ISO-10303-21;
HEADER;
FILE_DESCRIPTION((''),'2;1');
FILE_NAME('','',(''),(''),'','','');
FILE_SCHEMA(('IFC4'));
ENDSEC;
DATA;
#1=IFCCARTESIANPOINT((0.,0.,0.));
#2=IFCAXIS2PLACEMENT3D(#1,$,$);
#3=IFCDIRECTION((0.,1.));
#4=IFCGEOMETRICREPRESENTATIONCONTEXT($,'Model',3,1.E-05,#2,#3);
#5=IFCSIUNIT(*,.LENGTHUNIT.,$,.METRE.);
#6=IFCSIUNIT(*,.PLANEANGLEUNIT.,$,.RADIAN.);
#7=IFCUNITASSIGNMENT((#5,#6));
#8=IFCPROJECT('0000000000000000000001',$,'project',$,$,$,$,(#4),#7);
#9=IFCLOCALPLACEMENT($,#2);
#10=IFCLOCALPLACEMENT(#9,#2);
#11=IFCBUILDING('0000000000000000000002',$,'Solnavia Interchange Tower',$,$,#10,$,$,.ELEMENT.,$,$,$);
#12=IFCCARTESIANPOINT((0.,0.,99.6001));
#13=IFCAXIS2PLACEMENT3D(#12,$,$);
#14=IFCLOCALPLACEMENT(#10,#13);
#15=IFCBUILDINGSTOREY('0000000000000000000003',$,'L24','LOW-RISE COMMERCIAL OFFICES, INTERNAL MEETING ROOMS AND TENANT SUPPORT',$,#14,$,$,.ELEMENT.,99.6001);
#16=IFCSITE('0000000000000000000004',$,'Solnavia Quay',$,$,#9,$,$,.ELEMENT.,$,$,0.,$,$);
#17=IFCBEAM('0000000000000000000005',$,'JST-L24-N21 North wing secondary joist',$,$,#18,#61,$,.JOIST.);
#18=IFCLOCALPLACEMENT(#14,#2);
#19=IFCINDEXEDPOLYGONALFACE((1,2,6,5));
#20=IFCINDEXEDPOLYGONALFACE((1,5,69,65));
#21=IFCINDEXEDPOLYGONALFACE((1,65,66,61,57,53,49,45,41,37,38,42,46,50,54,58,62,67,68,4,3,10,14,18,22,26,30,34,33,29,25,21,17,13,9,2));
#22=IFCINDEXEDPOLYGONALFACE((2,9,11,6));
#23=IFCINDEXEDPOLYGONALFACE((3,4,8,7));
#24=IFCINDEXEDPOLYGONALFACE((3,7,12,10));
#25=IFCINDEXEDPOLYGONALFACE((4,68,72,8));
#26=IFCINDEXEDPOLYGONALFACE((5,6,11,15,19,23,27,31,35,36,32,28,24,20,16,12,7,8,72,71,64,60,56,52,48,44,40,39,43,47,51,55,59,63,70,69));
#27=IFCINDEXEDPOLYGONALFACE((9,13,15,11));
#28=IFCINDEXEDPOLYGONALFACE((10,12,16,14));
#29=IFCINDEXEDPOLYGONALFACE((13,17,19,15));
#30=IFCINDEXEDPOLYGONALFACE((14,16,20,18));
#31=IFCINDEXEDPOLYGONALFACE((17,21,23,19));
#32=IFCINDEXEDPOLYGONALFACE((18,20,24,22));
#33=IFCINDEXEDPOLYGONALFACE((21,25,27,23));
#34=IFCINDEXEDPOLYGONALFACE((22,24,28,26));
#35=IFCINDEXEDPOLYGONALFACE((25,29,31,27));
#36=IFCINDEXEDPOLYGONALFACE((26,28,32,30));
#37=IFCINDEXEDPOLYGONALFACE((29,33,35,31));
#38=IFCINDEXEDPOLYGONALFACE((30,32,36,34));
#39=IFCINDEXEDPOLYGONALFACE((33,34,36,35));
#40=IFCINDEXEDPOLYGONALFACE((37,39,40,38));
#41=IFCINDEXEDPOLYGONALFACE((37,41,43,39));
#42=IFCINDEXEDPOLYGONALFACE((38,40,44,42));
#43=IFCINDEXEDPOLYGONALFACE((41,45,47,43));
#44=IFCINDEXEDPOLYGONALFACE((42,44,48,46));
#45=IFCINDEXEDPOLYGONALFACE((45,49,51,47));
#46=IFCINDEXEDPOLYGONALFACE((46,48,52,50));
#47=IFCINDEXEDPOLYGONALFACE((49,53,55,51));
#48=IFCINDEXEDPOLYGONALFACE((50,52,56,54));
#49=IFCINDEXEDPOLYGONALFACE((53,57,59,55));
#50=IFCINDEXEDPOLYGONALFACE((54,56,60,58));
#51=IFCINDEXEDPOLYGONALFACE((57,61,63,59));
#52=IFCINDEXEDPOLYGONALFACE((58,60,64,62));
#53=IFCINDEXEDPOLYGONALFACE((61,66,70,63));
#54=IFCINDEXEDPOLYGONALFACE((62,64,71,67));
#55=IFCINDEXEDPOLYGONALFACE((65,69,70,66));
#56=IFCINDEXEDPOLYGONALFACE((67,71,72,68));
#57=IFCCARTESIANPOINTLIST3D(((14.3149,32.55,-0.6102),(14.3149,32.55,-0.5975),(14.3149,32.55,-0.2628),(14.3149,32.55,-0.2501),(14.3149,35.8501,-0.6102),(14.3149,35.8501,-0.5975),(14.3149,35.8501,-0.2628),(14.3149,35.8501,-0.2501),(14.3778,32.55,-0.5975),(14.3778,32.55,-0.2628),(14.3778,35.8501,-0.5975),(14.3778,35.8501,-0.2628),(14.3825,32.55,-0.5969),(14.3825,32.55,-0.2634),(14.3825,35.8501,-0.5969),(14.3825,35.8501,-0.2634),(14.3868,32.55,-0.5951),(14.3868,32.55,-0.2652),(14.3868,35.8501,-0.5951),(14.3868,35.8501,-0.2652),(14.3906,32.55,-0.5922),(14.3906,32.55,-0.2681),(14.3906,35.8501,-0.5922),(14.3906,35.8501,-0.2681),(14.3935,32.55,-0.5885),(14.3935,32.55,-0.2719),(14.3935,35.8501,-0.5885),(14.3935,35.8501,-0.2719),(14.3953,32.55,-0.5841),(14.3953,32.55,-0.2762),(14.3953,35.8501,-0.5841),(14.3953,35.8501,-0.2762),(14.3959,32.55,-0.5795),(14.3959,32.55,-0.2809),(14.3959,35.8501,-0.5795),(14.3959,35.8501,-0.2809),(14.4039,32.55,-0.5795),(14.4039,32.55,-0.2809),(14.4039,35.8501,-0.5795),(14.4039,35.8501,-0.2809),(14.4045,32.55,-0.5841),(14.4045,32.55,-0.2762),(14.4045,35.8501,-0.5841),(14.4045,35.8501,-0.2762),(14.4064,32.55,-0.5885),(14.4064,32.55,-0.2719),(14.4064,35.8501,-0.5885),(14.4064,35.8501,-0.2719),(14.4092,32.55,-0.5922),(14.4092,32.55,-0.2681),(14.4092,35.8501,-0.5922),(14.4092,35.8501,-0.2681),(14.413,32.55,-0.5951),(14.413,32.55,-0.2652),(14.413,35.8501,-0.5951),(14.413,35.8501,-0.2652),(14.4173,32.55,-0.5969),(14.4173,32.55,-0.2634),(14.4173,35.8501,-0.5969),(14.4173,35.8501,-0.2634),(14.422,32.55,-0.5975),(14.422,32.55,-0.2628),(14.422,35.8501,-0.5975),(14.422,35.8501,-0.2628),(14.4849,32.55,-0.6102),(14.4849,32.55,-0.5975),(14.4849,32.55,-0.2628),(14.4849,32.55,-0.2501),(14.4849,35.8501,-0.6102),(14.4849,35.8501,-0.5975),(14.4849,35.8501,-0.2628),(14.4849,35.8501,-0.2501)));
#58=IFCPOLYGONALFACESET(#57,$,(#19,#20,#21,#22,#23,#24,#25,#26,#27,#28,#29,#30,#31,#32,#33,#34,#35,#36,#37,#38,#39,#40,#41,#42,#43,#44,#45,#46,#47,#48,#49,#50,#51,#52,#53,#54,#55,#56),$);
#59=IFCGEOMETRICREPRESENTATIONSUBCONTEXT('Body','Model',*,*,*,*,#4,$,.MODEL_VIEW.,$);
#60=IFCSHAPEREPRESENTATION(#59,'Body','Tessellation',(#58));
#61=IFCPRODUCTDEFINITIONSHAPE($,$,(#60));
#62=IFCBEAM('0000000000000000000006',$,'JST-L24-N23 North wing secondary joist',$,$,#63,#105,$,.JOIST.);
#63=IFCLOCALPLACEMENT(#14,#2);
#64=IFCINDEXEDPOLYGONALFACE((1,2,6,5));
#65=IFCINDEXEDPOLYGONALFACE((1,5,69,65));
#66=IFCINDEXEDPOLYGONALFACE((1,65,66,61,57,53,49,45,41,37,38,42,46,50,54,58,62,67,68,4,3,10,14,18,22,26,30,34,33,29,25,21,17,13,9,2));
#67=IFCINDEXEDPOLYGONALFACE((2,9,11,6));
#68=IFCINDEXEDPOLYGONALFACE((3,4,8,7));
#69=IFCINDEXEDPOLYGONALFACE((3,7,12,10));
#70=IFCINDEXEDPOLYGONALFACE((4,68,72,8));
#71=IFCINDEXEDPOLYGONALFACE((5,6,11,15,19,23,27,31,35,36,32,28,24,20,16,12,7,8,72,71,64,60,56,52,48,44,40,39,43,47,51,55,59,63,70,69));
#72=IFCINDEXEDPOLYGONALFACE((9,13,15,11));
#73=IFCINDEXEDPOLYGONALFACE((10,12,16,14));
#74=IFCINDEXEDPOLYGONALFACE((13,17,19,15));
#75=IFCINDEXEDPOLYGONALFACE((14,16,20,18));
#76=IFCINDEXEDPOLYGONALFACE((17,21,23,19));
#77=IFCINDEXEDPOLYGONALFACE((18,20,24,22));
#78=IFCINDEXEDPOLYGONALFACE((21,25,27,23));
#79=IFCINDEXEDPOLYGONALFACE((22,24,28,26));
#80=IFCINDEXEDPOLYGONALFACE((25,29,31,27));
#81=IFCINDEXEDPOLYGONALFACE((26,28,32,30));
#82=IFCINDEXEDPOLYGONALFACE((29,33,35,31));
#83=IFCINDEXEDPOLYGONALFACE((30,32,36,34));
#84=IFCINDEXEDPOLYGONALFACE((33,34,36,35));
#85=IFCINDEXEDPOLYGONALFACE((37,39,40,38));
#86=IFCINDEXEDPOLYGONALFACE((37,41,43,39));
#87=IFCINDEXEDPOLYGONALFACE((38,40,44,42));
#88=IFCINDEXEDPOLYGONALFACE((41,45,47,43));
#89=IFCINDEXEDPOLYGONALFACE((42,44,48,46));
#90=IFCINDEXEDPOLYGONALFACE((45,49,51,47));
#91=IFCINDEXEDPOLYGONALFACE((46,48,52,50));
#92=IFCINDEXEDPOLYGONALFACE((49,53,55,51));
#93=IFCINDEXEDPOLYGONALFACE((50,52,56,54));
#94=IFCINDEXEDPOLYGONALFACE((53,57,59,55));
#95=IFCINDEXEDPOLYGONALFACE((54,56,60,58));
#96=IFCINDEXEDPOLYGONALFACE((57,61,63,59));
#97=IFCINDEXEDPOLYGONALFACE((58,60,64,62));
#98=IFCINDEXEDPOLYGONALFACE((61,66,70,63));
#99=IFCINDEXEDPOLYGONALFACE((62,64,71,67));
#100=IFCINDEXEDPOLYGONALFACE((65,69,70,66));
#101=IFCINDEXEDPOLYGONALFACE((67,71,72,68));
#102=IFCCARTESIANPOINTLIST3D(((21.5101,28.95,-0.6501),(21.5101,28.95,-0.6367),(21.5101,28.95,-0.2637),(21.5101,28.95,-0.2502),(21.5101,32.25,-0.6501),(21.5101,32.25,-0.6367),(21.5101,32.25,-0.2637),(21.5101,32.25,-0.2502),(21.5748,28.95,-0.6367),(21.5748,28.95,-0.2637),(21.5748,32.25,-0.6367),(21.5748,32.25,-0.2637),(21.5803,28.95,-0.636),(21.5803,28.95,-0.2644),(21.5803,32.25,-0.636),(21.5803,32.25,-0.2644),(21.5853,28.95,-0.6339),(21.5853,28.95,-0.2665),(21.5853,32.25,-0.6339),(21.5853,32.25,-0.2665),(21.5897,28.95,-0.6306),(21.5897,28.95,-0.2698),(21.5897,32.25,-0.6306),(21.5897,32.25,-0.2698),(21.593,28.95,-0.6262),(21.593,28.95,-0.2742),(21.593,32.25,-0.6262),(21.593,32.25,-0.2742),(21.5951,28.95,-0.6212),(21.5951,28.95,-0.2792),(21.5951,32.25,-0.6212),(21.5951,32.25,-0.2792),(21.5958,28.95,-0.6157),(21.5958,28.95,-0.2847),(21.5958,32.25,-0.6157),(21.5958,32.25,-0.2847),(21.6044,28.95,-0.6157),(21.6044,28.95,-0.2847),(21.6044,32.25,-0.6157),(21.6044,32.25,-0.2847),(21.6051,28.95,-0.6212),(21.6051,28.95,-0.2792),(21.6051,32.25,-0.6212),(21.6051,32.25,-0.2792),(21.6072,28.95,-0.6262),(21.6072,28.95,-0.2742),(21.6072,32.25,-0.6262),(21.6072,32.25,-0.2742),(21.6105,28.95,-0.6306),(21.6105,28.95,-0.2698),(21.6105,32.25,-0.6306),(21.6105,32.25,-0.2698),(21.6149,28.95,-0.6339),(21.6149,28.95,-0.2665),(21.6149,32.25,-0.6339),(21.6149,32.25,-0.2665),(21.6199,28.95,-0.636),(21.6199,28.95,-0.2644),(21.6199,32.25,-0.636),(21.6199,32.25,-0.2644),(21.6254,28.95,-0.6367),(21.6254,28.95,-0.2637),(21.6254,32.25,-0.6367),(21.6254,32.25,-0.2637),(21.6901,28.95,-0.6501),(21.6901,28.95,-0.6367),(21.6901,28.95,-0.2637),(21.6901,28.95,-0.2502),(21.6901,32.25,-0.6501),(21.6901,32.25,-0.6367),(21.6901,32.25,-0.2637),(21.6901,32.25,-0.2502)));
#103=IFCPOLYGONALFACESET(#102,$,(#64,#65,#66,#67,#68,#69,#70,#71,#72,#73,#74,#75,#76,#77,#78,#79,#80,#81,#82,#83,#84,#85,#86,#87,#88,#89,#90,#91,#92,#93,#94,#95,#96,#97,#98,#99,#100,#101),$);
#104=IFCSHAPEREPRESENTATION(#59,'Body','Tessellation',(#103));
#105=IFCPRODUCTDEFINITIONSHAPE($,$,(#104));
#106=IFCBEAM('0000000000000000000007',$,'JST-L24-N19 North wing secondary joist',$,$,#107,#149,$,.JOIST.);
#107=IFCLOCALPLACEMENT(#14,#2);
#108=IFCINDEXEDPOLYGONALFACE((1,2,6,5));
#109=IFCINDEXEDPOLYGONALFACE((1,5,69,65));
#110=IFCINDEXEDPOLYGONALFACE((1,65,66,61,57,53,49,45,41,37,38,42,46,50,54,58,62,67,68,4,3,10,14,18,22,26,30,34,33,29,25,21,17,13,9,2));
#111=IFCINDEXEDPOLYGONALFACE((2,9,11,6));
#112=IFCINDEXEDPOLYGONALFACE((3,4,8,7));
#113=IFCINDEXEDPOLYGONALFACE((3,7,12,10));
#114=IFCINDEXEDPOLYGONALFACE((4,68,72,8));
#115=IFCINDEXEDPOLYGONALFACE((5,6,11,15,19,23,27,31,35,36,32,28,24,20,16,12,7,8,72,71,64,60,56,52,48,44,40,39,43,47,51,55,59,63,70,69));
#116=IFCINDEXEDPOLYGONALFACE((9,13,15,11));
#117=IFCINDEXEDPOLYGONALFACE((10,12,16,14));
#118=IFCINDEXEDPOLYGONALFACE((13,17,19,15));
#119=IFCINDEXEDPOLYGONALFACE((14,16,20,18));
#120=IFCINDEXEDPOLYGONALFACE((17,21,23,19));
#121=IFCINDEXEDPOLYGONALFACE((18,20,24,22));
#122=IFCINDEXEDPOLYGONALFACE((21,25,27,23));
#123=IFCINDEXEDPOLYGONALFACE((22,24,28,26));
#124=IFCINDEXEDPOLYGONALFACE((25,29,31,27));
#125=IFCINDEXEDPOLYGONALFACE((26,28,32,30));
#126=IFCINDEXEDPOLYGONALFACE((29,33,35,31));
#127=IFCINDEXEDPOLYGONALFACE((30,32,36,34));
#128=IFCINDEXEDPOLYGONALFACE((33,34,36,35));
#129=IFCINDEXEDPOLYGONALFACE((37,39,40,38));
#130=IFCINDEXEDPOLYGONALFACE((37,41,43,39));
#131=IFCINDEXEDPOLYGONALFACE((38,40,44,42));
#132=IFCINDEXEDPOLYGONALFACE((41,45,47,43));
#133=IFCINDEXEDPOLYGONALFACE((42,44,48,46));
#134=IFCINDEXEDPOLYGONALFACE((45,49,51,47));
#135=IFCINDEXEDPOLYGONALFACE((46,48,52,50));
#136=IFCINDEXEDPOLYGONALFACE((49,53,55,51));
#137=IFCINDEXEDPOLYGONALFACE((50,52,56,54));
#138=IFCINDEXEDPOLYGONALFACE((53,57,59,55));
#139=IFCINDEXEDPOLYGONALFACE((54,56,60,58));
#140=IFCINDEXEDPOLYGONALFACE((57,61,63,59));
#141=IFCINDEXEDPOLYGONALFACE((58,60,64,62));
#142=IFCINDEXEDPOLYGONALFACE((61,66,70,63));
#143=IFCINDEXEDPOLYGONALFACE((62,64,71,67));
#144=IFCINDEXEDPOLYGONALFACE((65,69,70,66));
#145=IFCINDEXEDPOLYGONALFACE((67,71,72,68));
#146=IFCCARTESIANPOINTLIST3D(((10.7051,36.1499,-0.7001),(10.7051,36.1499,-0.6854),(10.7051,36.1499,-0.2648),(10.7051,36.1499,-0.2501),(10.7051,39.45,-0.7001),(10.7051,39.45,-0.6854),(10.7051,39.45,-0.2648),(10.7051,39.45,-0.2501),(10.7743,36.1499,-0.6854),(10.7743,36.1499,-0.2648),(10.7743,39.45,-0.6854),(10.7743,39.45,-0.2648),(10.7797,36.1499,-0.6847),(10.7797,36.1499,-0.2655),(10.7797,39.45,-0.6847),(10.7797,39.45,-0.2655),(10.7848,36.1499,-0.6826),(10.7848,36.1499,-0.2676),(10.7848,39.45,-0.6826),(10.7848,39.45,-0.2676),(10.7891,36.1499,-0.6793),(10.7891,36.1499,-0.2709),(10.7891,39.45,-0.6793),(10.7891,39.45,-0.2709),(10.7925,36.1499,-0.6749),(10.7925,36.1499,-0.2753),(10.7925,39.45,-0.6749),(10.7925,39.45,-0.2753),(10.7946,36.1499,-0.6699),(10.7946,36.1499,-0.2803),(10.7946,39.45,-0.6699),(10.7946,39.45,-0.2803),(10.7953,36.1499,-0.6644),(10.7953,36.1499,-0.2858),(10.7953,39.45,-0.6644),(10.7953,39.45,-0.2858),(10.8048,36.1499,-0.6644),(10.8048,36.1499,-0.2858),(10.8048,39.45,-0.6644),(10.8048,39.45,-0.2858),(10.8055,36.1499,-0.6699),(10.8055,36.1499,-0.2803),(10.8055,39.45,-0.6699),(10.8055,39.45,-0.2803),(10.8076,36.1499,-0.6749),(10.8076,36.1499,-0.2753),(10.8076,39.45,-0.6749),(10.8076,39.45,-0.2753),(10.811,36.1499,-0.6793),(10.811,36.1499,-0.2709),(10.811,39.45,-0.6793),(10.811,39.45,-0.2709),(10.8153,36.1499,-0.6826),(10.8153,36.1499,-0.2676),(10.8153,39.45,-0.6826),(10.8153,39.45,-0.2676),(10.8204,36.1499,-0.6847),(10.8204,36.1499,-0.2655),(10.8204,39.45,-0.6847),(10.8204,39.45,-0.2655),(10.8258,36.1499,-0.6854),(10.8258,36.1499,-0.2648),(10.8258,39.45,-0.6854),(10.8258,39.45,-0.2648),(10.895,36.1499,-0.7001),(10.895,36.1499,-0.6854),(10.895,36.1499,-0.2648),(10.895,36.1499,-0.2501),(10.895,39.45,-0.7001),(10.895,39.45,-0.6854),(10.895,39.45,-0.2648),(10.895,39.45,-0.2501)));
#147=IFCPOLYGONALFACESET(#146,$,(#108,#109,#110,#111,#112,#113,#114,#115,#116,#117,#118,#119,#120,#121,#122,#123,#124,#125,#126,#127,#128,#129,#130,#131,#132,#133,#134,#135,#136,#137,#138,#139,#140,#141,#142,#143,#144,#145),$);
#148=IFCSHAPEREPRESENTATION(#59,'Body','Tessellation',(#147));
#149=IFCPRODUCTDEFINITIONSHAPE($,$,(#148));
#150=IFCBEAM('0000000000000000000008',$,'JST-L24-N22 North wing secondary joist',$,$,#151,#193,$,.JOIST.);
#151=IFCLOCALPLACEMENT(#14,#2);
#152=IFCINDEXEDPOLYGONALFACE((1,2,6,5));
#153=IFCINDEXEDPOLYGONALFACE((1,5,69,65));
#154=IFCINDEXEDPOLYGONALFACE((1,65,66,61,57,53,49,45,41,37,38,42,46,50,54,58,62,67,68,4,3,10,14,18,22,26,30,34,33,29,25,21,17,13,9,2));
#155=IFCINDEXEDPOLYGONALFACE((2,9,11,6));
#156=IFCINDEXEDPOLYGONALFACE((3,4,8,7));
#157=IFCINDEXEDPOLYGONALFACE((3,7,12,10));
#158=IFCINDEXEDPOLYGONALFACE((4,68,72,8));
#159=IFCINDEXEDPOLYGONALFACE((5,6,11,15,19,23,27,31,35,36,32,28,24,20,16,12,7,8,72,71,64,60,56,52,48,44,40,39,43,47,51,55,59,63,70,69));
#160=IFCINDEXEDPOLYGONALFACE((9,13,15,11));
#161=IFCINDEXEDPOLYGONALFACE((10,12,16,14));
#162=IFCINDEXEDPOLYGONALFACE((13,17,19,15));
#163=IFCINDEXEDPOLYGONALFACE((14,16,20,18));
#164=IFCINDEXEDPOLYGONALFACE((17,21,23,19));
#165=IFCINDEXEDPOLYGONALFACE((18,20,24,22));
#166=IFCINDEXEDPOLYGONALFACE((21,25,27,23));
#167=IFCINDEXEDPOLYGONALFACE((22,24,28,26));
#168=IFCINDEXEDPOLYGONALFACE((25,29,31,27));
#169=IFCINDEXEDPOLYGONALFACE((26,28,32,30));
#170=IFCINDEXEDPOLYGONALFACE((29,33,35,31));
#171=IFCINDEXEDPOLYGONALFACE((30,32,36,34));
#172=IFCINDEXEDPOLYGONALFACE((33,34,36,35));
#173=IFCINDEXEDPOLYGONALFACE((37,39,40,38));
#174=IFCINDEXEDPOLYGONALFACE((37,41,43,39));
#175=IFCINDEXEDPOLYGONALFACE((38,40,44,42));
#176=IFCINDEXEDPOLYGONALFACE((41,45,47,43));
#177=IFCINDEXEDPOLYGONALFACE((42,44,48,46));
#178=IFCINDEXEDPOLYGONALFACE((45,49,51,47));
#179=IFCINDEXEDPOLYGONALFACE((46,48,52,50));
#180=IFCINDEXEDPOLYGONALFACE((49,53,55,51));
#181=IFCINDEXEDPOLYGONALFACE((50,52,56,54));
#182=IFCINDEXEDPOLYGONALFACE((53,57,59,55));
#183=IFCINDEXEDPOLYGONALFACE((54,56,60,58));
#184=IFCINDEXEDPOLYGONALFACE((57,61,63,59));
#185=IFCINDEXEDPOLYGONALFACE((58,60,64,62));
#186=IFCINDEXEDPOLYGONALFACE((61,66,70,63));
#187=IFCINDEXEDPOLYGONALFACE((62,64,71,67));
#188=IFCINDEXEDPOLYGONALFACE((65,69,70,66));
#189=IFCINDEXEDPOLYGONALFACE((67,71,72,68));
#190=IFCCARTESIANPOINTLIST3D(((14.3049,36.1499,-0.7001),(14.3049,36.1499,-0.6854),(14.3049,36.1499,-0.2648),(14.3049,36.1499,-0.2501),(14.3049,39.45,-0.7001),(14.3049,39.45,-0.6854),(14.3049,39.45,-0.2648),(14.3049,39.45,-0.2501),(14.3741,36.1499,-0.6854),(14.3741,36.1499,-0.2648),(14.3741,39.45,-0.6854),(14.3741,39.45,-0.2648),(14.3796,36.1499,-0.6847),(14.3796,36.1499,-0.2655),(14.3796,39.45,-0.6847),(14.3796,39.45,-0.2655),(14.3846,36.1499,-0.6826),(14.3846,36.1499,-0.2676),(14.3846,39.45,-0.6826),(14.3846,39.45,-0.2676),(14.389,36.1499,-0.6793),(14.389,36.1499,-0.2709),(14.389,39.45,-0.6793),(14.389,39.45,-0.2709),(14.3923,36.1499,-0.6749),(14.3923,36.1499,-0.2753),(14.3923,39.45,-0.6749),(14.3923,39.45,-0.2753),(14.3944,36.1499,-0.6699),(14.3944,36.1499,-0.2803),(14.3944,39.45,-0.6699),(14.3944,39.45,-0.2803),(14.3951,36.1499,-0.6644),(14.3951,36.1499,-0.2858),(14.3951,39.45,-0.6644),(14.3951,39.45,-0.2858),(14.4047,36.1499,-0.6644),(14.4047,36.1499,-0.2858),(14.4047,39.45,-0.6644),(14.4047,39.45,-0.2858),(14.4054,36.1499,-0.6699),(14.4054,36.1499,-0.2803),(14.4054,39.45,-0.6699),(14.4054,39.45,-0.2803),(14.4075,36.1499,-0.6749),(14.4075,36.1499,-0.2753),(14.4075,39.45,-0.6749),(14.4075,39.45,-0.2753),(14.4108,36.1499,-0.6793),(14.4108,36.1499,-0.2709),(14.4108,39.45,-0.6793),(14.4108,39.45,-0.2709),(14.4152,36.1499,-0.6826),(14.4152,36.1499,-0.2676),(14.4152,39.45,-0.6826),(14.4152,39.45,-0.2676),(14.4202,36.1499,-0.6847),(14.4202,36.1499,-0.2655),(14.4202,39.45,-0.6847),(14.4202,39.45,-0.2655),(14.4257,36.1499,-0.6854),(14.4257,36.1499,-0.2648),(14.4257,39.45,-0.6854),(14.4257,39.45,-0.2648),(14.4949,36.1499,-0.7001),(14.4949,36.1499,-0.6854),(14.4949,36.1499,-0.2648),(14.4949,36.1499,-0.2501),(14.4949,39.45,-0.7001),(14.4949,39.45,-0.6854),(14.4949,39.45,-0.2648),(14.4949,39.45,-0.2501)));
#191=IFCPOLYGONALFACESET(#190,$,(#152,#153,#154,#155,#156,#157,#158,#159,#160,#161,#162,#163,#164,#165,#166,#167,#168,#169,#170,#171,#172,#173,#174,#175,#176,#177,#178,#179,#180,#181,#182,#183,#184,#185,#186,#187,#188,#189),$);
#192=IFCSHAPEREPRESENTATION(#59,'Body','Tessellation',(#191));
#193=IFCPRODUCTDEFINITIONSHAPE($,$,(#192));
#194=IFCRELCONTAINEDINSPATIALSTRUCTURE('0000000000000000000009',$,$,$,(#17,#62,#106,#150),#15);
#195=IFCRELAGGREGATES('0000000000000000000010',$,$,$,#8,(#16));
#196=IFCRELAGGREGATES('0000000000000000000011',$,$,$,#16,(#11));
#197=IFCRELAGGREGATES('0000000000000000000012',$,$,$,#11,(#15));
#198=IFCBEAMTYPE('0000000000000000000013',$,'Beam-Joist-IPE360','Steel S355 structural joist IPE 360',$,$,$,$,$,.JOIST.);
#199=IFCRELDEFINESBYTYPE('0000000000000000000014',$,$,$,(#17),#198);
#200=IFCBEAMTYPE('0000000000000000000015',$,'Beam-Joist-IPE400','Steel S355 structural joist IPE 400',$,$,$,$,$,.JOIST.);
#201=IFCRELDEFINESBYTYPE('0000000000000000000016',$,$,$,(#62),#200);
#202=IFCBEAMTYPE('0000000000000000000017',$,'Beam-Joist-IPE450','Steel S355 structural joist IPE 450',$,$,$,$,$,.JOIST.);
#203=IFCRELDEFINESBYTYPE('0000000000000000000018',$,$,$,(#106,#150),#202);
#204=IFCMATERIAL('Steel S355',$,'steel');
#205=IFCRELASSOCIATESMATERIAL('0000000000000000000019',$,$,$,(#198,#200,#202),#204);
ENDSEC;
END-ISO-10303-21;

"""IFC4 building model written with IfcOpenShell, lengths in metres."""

from ifc_helpers import new_model, si_unit, direction, frame, origin, origin_2d, place, context, subcontext, project, spatial, i_section, extrude, material, material_profile, profile_set, type_object, element, save


model = new_model("IFC4")

# Units and contexts
model_context = context("Model", 3, precision=1e-05, world=origin(), true_north=direction((0.0, 1.0)))
body_context = subcontext(model_context, "Body", "Model", "MODEL_VIEW")
ifc_project = project(units=[si_unit("LENGTHUNIT", "METRE"), si_unit("PLANEANGLEUNIT", "RADIAN")], contexts=[model_context])

# Site, building, storey
site_placement = place(None, origin())
site = spatial("IfcSite", under=ifc_project, at=site_placement, Name="Solnavia Quay", CompositionType="ELEMENT", RefElevation=0.0)
building_placement = place(site_placement, origin())
building = spatial("IfcBuilding", under=site, at=building_placement, Name="Solnavia Interchange Tower", CompositionType="ELEMENT")
storey_placement = place(building_placement, frame((0.0, 0.0, 99.6001)))
storey = spatial("IfcBuildingStorey", under=building, at=storey_placement, Name="L24", Description="LOW-RISE COMMERCIAL OFFICES, INTERNAL MEETING ROOMS AND TENANT SUPPORT", CompositionType="ELEMENT", Elevation=99.6001)

# Shared definitions
ifc_material_1 = material(Name="Steel S355", Category="steel")

# Beams
ifc_material_profile_1 = material_profile(ifc_material_1, i_section(OverallWidth=0.1699, OverallDepth=0.3601, WebThickness=0.0081, FlangeThickness=0.0127, FilletRadius=0.0181, at=origin_2d()), Name="IPE 360")
ifc_profile_set_1 = profile_set([ifc_material_profile_1], Name="Steel S355")
beam_type_1 = type_object("IfcBeamType", Name="Beam-Joist-IPE360", Description="Steel S355 structural joist IPE 360", PredefinedType="JOIST", material=ifc_profile_set_1)
for number, where, z_axis, x_axis, name in (
    (1, (14.3999, 32.55, -0.4302), (0.0, 1.0, 0.0), (-1.0, 0.0, 0.0), "JST-L24-N21 North wing secondary joist"),
):
    element("IfcBeam", number, at=place(storey_placement, frame(where, z_axis=z_axis, x_axis=x_axis)), inside=storey, type_object=beam_type_1, Name=name, PredefinedType="JOIST", context=body_context, shape_type="SweptSolid", body=[
        extrude(i_section(OverallWidth=0.1699, OverallDepth=0.3601, WebThickness=0.0081, FlangeThickness=0.0127, FilletRadius=0.0181, at=origin_2d()), origin(), (0.0, 0.0, 1.0), 3.3),
    ])
ifc_material_profile_2 = material_profile(ifc_material_1, i_section(OverallWidth=0.1799, OverallDepth=0.3999, WebThickness=0.0085, FlangeThickness=0.0134, FilletRadius=0.021, at=origin_2d()), Name="IPE 400")
ifc_profile_set_2 = profile_set([ifc_material_profile_2], Name="Steel S355")
beam_type_2 = type_object("IfcBeamType", Name="Beam-Joist-IPE400", Description="Steel S355 structural joist IPE 400", PredefinedType="JOIST", material=ifc_profile_set_2)
beam_1_placement = place(storey_placement, frame((21.6001, 28.95, -0.4502), z_axis=(0.0, 1.0, 0.0), x_axis=(-1.0, 0.0, 0.0)))
element("IfcBeam", 2, at=beam_1_placement, inside=storey, type_object=beam_type_2, Name="JST-L24-N23 North wing secondary joist", PredefinedType="JOIST", context=body_context, shape_type="SweptSolid", body=[
    extrude(i_section(OverallWidth=0.1799, OverallDepth=0.3999, WebThickness=0.0085, FlangeThickness=0.0134, FilletRadius=0.021, at=origin_2d()), origin(), (0.0, 0.0, 1.0), 3.3),
])
ifc_material_profile_3 = material_profile(ifc_material_1, i_section(OverallWidth=0.1899, OverallDepth=0.45, WebThickness=0.0095, FlangeThickness=0.0146, FilletRadius=0.021, at=origin_2d()), Name="IPE 450")
ifc_profile_set_3 = profile_set([ifc_material_profile_3], Name="Steel S355")
beam_type_3 = type_object("IfcBeamType", Name="Beam-Joist-IPE450", Description="Steel S355 structural joist IPE 450", PredefinedType="JOIST", material=ifc_profile_set_3)
for number, where, z_axis, x_axis, name in (
    (3, (10.8, 36.1499, -0.4751), (0.0, 1.0, 0.0), (-1.0, 0.0, 0.0), "JST-L24-N19 North wing secondary joist"),
    (4, (14.3999, 36.1499, -0.4751), (0.0, 1.0, 0.0), (-1.0, 0.0, 0.0), "JST-L24-N22 North wing secondary joist"),
):
    element("IfcBeam", number, at=place(storey_placement, frame(where, z_axis=z_axis, x_axis=x_axis)), inside=storey, type_object=beam_type_3, Name=name, PredefinedType="JOIST", context=body_context, shape_type="SweptSolid", body=[
        extrude(i_section(OverallWidth=0.1899, OverallDepth=0.45, WebThickness=0.0095, FlangeThickness=0.0146, FilletRadius=0.021, at=origin_2d()), origin(), (0.0, 0.0, 1.0), 3.3),
    ])

save(model, "model.ifc")
